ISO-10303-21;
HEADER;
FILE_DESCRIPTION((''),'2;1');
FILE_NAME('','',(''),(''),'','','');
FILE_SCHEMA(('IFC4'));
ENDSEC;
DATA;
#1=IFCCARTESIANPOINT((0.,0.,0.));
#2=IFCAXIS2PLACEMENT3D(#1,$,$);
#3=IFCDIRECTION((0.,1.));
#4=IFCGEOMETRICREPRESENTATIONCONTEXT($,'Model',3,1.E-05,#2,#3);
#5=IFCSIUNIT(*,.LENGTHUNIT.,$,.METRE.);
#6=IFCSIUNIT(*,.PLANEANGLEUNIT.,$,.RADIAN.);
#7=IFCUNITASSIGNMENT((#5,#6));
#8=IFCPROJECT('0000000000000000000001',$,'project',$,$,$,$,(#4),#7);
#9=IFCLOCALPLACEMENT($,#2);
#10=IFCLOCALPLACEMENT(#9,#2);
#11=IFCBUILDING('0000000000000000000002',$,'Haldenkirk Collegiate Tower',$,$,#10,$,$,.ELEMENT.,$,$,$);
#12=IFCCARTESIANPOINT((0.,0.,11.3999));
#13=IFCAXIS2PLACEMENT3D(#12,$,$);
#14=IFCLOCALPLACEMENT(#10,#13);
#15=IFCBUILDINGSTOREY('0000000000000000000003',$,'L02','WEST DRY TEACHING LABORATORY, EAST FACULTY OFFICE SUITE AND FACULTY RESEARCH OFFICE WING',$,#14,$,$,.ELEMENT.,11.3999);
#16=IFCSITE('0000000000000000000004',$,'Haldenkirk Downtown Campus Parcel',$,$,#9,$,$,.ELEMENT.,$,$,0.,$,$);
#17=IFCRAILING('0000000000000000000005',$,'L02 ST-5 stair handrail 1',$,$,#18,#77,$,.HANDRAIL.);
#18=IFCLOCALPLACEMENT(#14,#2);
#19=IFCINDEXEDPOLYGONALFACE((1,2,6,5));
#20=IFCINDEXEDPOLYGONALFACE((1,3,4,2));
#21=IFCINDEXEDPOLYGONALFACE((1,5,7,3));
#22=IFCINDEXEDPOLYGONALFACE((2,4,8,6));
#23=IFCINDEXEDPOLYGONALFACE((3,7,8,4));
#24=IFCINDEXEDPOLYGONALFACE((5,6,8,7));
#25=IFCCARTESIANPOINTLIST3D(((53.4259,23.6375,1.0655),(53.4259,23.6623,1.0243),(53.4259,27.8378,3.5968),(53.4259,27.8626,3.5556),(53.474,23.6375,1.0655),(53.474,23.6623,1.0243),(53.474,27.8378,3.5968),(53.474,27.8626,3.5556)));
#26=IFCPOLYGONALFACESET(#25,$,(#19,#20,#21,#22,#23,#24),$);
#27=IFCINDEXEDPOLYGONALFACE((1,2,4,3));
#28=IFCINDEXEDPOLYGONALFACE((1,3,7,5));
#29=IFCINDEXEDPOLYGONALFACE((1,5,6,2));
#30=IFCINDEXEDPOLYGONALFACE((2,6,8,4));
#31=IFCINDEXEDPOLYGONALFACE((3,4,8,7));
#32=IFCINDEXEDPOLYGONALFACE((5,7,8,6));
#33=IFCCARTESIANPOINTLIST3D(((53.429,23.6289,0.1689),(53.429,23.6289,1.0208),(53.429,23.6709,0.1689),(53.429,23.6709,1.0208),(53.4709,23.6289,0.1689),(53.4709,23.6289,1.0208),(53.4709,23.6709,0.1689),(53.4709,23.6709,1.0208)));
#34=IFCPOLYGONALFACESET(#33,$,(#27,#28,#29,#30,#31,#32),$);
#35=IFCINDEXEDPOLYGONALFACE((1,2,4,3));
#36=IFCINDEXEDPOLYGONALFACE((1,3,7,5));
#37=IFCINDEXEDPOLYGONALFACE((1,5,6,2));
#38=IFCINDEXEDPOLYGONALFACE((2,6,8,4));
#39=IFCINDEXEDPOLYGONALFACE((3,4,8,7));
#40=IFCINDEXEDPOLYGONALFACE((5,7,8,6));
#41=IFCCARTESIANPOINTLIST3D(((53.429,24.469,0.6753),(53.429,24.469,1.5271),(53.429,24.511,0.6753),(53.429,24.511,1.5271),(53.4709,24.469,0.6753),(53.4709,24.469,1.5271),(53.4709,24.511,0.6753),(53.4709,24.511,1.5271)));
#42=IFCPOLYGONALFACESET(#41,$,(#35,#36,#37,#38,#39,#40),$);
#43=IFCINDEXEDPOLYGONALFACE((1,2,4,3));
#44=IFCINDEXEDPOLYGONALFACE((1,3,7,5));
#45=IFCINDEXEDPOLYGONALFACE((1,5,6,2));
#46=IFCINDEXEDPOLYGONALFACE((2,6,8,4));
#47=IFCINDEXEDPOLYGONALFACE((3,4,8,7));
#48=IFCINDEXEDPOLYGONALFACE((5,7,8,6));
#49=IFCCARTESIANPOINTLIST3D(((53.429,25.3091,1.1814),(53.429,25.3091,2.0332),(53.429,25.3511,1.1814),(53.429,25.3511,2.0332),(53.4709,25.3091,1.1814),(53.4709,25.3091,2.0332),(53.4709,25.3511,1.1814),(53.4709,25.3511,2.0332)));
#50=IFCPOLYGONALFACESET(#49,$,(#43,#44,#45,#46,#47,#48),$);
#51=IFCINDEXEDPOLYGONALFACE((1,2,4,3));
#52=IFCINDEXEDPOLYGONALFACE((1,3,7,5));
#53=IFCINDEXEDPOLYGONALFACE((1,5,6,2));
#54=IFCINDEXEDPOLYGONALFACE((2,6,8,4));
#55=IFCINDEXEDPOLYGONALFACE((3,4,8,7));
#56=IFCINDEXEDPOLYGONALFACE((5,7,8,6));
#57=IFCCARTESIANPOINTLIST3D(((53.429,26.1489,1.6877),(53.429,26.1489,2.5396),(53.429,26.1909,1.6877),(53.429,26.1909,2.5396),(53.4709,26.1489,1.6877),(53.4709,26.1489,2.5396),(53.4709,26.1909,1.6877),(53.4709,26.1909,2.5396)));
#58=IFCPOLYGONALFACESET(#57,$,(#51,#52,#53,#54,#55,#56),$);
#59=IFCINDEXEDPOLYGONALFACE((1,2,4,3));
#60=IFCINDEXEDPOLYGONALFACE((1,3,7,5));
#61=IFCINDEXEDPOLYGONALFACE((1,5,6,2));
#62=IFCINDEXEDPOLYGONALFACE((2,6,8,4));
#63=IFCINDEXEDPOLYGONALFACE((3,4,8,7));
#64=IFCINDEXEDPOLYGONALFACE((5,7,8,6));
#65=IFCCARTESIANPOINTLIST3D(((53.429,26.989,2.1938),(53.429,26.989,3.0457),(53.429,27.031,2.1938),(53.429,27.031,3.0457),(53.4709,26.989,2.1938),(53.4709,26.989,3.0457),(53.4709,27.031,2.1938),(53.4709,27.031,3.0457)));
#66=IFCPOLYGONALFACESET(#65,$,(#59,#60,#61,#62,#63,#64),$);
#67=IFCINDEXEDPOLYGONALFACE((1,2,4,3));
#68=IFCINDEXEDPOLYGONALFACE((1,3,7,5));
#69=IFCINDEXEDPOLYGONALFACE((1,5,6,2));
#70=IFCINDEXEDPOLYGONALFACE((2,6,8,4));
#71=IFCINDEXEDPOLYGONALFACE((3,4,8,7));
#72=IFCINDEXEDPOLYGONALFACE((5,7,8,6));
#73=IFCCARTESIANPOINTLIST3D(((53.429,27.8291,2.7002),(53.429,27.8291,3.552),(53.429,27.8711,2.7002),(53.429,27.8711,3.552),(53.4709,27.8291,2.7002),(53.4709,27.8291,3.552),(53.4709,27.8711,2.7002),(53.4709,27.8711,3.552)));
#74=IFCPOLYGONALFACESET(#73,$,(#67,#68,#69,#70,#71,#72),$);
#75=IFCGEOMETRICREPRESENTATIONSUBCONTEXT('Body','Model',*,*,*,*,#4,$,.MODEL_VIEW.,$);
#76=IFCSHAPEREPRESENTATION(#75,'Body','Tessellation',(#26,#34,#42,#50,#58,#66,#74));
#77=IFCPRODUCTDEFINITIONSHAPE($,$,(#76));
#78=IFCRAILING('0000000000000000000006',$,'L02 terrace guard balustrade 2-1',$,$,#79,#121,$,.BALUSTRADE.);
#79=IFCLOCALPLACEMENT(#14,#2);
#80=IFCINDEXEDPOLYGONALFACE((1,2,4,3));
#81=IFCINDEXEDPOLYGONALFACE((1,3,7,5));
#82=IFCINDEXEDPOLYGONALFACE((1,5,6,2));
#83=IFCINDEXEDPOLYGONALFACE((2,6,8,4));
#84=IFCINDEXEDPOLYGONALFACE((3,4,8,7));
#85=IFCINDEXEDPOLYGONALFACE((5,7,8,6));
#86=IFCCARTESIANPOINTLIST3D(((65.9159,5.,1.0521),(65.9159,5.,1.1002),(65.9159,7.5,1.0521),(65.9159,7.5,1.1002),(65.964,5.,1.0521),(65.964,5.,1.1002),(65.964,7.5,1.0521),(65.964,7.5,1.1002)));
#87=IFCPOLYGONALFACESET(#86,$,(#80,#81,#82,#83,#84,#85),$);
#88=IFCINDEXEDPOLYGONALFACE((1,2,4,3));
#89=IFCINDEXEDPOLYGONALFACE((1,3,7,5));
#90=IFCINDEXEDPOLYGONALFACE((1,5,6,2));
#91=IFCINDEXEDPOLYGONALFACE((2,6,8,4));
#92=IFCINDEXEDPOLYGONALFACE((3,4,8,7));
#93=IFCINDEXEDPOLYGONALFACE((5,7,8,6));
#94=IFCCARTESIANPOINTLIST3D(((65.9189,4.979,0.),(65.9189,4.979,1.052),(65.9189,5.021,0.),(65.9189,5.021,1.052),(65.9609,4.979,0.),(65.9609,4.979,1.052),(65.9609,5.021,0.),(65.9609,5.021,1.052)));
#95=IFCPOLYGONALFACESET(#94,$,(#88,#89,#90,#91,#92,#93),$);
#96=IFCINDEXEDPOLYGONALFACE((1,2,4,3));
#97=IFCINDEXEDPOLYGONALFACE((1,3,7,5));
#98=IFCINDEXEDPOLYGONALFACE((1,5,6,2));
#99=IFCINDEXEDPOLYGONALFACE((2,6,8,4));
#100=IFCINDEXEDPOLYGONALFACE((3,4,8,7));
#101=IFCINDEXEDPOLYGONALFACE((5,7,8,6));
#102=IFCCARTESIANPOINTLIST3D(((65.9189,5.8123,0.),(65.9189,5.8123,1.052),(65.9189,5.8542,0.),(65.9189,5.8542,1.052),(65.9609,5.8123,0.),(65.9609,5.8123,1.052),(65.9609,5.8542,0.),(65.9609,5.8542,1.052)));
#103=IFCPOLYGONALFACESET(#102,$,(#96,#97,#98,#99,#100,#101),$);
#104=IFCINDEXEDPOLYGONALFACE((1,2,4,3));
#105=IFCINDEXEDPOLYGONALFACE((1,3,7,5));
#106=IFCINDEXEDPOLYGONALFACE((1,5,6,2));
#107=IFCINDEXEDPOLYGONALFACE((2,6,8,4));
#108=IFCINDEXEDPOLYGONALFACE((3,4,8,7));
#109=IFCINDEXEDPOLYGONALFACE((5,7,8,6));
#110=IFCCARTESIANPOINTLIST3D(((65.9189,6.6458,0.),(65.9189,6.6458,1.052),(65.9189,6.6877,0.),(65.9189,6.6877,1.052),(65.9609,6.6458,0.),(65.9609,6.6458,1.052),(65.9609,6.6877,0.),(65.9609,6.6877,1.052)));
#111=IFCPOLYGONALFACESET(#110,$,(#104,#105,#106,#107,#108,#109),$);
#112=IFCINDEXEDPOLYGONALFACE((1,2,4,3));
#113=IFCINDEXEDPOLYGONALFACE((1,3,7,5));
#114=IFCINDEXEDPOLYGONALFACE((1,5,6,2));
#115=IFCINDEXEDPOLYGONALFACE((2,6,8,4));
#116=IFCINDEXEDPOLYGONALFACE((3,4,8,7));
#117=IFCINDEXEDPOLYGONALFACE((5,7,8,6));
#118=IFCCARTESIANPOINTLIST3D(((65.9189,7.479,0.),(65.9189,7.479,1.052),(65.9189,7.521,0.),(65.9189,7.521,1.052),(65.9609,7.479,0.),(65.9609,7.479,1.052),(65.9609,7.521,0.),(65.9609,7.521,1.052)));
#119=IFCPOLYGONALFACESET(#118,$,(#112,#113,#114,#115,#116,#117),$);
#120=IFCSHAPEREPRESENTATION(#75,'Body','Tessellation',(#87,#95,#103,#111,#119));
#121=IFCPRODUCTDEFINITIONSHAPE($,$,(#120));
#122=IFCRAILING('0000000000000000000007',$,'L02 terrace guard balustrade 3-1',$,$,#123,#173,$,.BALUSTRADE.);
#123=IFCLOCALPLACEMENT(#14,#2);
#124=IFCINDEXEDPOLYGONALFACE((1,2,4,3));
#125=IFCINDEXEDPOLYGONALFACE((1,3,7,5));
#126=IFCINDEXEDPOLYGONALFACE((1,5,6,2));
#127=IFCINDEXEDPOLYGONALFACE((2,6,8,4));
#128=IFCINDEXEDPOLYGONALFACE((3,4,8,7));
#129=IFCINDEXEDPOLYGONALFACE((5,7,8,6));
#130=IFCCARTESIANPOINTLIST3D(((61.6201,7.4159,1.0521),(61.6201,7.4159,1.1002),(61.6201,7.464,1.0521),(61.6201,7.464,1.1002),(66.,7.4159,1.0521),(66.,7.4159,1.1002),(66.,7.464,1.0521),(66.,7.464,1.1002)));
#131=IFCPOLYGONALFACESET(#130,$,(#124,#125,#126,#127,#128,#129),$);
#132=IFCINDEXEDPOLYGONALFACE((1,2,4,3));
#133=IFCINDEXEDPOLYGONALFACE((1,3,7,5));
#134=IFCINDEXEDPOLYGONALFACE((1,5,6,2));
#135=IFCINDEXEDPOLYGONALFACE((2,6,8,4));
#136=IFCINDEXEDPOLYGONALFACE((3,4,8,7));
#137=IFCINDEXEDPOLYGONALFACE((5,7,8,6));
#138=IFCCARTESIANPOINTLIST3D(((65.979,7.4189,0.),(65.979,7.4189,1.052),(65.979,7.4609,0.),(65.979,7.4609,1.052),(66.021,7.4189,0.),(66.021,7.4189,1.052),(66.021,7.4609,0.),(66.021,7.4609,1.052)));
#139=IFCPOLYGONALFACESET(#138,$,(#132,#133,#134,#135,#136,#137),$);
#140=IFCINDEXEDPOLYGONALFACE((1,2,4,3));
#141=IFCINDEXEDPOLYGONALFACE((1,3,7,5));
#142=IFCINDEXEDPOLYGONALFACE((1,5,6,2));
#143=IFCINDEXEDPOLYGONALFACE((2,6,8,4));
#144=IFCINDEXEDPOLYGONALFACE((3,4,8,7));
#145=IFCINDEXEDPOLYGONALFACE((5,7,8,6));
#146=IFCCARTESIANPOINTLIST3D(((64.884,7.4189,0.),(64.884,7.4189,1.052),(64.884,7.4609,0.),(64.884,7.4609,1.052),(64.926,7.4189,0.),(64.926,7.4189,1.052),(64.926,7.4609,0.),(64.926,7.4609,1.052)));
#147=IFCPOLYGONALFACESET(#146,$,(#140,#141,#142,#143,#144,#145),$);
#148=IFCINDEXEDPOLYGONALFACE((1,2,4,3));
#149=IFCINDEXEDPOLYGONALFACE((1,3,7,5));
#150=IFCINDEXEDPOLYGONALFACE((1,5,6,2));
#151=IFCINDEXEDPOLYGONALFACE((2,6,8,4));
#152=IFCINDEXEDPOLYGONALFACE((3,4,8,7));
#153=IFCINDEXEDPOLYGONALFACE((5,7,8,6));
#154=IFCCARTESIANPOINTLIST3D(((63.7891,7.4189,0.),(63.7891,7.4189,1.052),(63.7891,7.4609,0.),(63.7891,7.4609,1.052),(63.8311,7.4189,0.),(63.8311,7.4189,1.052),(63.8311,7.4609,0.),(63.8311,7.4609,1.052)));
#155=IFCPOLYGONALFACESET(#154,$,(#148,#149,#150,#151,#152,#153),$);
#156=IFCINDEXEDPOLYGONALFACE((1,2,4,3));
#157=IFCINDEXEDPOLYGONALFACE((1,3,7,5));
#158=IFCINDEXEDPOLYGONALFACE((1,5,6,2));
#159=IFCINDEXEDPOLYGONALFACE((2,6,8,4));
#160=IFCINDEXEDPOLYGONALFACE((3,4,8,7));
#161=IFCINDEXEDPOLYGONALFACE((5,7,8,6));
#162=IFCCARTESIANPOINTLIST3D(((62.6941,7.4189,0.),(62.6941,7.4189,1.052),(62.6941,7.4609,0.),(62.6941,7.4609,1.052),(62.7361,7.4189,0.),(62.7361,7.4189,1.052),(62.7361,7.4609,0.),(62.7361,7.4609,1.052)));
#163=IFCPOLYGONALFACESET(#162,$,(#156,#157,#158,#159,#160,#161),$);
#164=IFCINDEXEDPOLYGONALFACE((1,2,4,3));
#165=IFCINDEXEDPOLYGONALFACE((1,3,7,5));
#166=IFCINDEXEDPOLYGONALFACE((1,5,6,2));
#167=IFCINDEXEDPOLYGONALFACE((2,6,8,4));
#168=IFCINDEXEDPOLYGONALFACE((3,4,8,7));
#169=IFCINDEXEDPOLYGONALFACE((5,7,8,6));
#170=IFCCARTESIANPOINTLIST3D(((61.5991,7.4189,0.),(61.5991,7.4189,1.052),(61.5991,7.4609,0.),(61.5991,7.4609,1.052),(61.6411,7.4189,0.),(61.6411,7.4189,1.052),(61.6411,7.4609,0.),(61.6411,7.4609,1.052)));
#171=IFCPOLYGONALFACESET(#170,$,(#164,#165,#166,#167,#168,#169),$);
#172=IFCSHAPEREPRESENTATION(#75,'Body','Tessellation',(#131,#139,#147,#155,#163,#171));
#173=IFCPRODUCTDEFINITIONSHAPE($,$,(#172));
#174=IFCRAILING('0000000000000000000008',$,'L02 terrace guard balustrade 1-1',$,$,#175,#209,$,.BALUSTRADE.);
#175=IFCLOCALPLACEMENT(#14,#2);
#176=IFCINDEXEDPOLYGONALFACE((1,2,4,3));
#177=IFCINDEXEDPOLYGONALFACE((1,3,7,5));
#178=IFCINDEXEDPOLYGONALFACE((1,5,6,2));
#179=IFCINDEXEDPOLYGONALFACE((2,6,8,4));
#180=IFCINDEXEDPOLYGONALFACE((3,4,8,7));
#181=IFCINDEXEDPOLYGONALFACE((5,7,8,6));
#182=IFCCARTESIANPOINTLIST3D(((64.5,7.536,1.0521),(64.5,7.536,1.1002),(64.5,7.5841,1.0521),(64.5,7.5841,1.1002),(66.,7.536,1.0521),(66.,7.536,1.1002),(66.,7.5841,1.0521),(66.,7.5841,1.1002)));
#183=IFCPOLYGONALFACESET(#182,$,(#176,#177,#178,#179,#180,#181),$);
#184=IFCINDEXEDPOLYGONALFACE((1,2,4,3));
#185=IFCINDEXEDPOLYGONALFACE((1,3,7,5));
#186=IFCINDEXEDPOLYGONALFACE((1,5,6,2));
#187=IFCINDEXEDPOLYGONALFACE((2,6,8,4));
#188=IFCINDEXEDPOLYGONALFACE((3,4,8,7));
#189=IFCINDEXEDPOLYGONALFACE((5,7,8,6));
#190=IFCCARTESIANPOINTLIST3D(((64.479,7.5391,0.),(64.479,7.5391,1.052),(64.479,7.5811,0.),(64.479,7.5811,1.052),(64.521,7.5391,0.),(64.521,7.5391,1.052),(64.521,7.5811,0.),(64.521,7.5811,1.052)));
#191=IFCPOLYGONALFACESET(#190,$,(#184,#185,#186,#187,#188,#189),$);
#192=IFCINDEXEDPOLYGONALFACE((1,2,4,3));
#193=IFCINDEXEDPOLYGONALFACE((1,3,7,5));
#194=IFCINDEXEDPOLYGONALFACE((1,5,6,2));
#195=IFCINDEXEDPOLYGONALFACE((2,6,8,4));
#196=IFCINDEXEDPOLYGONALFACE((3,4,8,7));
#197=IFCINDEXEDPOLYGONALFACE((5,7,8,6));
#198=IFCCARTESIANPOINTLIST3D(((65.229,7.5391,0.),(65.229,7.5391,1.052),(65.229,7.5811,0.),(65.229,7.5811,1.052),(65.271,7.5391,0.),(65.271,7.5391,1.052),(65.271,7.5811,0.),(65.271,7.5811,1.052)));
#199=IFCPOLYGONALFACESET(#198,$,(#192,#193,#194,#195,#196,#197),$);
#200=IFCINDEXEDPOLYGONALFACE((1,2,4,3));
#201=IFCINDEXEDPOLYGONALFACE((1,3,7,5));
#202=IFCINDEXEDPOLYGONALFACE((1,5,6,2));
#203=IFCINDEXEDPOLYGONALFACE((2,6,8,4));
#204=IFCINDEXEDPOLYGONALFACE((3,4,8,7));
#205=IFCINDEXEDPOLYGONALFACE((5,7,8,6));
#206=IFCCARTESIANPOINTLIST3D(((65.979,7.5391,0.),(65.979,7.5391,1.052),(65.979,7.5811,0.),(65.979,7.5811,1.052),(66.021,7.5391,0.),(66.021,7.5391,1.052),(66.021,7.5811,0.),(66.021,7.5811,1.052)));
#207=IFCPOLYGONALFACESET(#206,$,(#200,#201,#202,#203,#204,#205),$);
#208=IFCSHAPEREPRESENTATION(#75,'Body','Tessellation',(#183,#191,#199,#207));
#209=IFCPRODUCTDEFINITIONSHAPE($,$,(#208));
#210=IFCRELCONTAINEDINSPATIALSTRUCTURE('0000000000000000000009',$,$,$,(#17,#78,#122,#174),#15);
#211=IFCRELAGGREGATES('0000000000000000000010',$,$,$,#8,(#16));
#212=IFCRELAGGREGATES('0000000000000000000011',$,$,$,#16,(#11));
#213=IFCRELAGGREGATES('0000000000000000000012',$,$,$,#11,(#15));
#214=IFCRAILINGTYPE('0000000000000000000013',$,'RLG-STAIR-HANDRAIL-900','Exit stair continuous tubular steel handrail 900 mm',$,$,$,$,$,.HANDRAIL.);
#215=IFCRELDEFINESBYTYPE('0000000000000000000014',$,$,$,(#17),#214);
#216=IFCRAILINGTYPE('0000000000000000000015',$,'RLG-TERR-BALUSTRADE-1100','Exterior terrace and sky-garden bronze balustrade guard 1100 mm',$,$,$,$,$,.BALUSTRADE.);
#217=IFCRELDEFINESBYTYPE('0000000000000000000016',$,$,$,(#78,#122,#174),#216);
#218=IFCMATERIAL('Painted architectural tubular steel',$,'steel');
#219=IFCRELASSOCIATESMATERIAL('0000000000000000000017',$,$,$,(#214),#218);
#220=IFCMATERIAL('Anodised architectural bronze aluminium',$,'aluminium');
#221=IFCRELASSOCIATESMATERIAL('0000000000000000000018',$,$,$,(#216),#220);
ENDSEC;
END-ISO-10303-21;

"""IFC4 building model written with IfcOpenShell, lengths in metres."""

from ifc_helpers import new_model, si_unit, direction, frame, origin, origin_2d, place, context, subcontext, project, spatial, rectangle, extrude, material, type_object, element, save


model = new_model("IFC4")

# Units and contexts
model_context = context("Model", 3, precision=1e-05, world=origin(), true_north=direction((0.0, 1.0)))
body_context = subcontext(model_context, "Body", "Model", "MODEL_VIEW")
ifc_project = project(units=[si_unit("LENGTHUNIT", "METRE"), si_unit("PLANEANGLEUNIT", "RADIAN")], contexts=[model_context])

# Site, building, storey
site_placement = place(None, origin())
site = spatial("IfcSite", under=ifc_project, at=site_placement, Name="Haldenkirk Downtown Campus Parcel", CompositionType="ELEMENT", RefElevation=0.0)
building_placement = place(site_placement, origin())
building = spatial("IfcBuilding", under=site, at=building_placement, Name="Haldenkirk Collegiate Tower", CompositionType="ELEMENT")
storey_placement = place(building_placement, frame((0.0, 0.0, 11.3999)))
storey = spatial("IfcBuildingStorey", under=building, at=storey_placement, Name="L02", Description="WEST DRY TEACHING LABORATORY, EAST FACULTY OFFICE SUITE AND FACULTY RESEARCH OFFICE WING", CompositionType="ELEMENT", Elevation=11.3999)

# Shared definitions
ifc_material_1 = material(Name="Anodised architectural bronze aluminium", Category="aluminium")

# Railings
ifc_material_2 = material(Name="Painted architectural tubular steel", Category="steel")
railing_type_1 = type_object("IfcRailingType", Name="RLG-STAIR-HANDRAIL-900", Description="Exit stair continuous tubular steel handrail 900 mm", PredefinedType="HANDRAIL", material=ifc_material_2)
railing_1_placement = place(storey_placement, frame((53.45, 23.6499, 0.1689)))
element("IfcRailing", 1, at=railing_1_placement, inside=storey, type_object=railing_type_1, Name="L02 ST-5 stair handrail 1", PredefinedType="HANDRAIL", context=body_context, shape_type="SweptSolid", body=[
    extrude(rectangle(XDim=0.0481, YDim=0.0481, at=origin_2d()), frame((0.0, 0.0, 0.876), z_axis=(0.0, 0.85649, 0.516164), x_axis=(-1.0, 0.0, 0.0)), (0.0, 0.0, 1.0), 4.9041),
    extrude(rectangle(XDim=0.042, YDim=0.042, at=origin_2d()), origin(), (0.0, 0.0, 1.0), 0.8518),
    extrude(rectangle(XDim=0.042, YDim=0.042, at=origin_2d()), frame((0.0, 0.8401, 0.5063)), (0.0, 0.0, 1.0), 0.8518),
    extrude(rectangle(XDim=0.042, YDim=0.042, at=origin_2d()), frame((0.0, 1.6802, 1.0125)), (0.0, 0.0, 1.0), 0.8518),
    extrude(rectangle(XDim=0.042, YDim=0.042, at=origin_2d()), frame((0.0, 2.52, 1.5188)), (0.0, 0.0, 1.0), 0.8518),
    extrude(rectangle(XDim=0.042, YDim=0.042, at=origin_2d()), frame((0.0, 3.3601, 2.0249)), (0.0, 0.0, 1.0), 0.8518),
    extrude(rectangle(XDim=0.042, YDim=0.042, at=origin_2d()), frame((0.0, 4.2002, 2.5312)), (0.0, 0.0, 1.0), 0.8518),
])
railing_type_2 = type_object("IfcRailingType", Name="RLG-TERR-BALUSTRADE-1100", Description="Exterior terrace and sky-garden bronze balustrade guard 1100 mm", PredefinedType="BALUSTRADE", material=ifc_material_1)
railing_2_placement = place(storey_placement, frame((65.9399, 5.0, 0.0)))
element("IfcRailing", 2, at=railing_2_placement, inside=storey, type_object=railing_type_2, Name="L02 terrace guard balustrade 2-1", PredefinedType="BALUSTRADE", context=body_context, shape_type="SweptSolid", body=[
    extrude(rectangle(XDim=0.0481, YDim=0.0481, at=origin_2d()), frame((0.0, 0.0, 1.0762), z_axis=(0.0, 1.0, 0.0), x_axis=(-1.0, 0.0, 0.0)), (0.0, 0.0, 1.0), 2.5),
    extrude(rectangle(XDim=0.042, YDim=0.042, at=origin_2d()), origin(), (0.0, 0.0, 1.0), 1.052),
    extrude(rectangle(XDim=0.042, YDim=0.042, at=origin_2d()), frame((0.0, 0.8333, 0.0)), (0.0, 0.0, 1.0), 1.052),
    extrude(rectangle(XDim=0.042, YDim=0.042, at=origin_2d()), frame((0.0, 1.6667, 0.0)), (0.0, 0.0, 1.0), 1.052),
    extrude(rectangle(XDim=0.042, YDim=0.042, at=origin_2d()), frame((0.0, 2.5, 0.0)), (0.0, 0.0, 1.0), 1.052),
])
railing_3_placement = place(storey_placement, frame((66.0, 7.4399, 0.0)))
element("IfcRailing", 3, at=railing_3_placement, inside=storey, type_object=railing_type_2, Name="L02 terrace guard balustrade 3-1", PredefinedType="BALUSTRADE", context=body_context, shape_type="SweptSolid", body=[
    extrude(rectangle(XDim=0.0481, YDim=0.0481, at=origin_2d()), frame((0.0, 0.0, 1.0762), z_axis=(-1.0, 0.0, 0.0), x_axis=(0.0, -1.0, 0.0)), (0.0, 0.0, 1.0), 4.3799),
    extrude(rectangle(XDim=0.042, YDim=0.042, at=origin_2d()), origin(), (0.0, 0.0, 1.0), 1.052),
    extrude(rectangle(XDim=0.042, YDim=0.042, at=origin_2d()), frame((-1.095, 0.0, 0.0)), (0.0, 0.0, 1.0), 1.052),
    extrude(rectangle(XDim=0.042, YDim=0.042, at=origin_2d()), frame((-2.1899, 0.0, 0.0)), (0.0, 0.0, 1.0), 1.052),
    extrude(rectangle(XDim=0.042, YDim=0.042, at=origin_2d()), frame((-3.2849, 0.0, 0.0)), (0.0, 0.0, 1.0), 1.052),
    extrude(rectangle(XDim=0.042, YDim=0.042, at=origin_2d()), frame((-4.3799, 0.0, 0.0)), (0.0, 0.0, 1.0), 1.052),
])
railing_4_placement = place(storey_placement, frame((64.5, 7.5601, 0.0)))
element("IfcRailing", 4, at=railing_4_placement, inside=storey, type_object=railing_type_2, Name="L02 terrace guard balustrade 1-1", PredefinedType="BALUSTRADE", context=body_context, shape_type="SweptSolid", body=[
    extrude(rectangle(XDim=0.0481, YDim=0.0481, at=origin_2d()), frame((0.0, 0.0, 1.0762), z_axis=(1.0, 0.0, 0.0), x_axis=(0.0, 1.0, 0.0)), (0.0, 0.0, 1.0), 1.5),
    extrude(rectangle(XDim=0.042, YDim=0.042, at=origin_2d()), origin(), (0.0, 0.0, 1.0), 1.052),
    extrude(rectangle(XDim=0.042, YDim=0.042, at=origin_2d()), frame((0.75, 0.0, 0.0)), (0.0, 0.0, 1.0), 1.052),
    extrude(rectangle(XDim=0.042, YDim=0.042, at=origin_2d()), frame((1.5, 0.0, 0.0)), (0.0, 0.0, 1.0), 1.052),
])

save(model, "model.ifc")
